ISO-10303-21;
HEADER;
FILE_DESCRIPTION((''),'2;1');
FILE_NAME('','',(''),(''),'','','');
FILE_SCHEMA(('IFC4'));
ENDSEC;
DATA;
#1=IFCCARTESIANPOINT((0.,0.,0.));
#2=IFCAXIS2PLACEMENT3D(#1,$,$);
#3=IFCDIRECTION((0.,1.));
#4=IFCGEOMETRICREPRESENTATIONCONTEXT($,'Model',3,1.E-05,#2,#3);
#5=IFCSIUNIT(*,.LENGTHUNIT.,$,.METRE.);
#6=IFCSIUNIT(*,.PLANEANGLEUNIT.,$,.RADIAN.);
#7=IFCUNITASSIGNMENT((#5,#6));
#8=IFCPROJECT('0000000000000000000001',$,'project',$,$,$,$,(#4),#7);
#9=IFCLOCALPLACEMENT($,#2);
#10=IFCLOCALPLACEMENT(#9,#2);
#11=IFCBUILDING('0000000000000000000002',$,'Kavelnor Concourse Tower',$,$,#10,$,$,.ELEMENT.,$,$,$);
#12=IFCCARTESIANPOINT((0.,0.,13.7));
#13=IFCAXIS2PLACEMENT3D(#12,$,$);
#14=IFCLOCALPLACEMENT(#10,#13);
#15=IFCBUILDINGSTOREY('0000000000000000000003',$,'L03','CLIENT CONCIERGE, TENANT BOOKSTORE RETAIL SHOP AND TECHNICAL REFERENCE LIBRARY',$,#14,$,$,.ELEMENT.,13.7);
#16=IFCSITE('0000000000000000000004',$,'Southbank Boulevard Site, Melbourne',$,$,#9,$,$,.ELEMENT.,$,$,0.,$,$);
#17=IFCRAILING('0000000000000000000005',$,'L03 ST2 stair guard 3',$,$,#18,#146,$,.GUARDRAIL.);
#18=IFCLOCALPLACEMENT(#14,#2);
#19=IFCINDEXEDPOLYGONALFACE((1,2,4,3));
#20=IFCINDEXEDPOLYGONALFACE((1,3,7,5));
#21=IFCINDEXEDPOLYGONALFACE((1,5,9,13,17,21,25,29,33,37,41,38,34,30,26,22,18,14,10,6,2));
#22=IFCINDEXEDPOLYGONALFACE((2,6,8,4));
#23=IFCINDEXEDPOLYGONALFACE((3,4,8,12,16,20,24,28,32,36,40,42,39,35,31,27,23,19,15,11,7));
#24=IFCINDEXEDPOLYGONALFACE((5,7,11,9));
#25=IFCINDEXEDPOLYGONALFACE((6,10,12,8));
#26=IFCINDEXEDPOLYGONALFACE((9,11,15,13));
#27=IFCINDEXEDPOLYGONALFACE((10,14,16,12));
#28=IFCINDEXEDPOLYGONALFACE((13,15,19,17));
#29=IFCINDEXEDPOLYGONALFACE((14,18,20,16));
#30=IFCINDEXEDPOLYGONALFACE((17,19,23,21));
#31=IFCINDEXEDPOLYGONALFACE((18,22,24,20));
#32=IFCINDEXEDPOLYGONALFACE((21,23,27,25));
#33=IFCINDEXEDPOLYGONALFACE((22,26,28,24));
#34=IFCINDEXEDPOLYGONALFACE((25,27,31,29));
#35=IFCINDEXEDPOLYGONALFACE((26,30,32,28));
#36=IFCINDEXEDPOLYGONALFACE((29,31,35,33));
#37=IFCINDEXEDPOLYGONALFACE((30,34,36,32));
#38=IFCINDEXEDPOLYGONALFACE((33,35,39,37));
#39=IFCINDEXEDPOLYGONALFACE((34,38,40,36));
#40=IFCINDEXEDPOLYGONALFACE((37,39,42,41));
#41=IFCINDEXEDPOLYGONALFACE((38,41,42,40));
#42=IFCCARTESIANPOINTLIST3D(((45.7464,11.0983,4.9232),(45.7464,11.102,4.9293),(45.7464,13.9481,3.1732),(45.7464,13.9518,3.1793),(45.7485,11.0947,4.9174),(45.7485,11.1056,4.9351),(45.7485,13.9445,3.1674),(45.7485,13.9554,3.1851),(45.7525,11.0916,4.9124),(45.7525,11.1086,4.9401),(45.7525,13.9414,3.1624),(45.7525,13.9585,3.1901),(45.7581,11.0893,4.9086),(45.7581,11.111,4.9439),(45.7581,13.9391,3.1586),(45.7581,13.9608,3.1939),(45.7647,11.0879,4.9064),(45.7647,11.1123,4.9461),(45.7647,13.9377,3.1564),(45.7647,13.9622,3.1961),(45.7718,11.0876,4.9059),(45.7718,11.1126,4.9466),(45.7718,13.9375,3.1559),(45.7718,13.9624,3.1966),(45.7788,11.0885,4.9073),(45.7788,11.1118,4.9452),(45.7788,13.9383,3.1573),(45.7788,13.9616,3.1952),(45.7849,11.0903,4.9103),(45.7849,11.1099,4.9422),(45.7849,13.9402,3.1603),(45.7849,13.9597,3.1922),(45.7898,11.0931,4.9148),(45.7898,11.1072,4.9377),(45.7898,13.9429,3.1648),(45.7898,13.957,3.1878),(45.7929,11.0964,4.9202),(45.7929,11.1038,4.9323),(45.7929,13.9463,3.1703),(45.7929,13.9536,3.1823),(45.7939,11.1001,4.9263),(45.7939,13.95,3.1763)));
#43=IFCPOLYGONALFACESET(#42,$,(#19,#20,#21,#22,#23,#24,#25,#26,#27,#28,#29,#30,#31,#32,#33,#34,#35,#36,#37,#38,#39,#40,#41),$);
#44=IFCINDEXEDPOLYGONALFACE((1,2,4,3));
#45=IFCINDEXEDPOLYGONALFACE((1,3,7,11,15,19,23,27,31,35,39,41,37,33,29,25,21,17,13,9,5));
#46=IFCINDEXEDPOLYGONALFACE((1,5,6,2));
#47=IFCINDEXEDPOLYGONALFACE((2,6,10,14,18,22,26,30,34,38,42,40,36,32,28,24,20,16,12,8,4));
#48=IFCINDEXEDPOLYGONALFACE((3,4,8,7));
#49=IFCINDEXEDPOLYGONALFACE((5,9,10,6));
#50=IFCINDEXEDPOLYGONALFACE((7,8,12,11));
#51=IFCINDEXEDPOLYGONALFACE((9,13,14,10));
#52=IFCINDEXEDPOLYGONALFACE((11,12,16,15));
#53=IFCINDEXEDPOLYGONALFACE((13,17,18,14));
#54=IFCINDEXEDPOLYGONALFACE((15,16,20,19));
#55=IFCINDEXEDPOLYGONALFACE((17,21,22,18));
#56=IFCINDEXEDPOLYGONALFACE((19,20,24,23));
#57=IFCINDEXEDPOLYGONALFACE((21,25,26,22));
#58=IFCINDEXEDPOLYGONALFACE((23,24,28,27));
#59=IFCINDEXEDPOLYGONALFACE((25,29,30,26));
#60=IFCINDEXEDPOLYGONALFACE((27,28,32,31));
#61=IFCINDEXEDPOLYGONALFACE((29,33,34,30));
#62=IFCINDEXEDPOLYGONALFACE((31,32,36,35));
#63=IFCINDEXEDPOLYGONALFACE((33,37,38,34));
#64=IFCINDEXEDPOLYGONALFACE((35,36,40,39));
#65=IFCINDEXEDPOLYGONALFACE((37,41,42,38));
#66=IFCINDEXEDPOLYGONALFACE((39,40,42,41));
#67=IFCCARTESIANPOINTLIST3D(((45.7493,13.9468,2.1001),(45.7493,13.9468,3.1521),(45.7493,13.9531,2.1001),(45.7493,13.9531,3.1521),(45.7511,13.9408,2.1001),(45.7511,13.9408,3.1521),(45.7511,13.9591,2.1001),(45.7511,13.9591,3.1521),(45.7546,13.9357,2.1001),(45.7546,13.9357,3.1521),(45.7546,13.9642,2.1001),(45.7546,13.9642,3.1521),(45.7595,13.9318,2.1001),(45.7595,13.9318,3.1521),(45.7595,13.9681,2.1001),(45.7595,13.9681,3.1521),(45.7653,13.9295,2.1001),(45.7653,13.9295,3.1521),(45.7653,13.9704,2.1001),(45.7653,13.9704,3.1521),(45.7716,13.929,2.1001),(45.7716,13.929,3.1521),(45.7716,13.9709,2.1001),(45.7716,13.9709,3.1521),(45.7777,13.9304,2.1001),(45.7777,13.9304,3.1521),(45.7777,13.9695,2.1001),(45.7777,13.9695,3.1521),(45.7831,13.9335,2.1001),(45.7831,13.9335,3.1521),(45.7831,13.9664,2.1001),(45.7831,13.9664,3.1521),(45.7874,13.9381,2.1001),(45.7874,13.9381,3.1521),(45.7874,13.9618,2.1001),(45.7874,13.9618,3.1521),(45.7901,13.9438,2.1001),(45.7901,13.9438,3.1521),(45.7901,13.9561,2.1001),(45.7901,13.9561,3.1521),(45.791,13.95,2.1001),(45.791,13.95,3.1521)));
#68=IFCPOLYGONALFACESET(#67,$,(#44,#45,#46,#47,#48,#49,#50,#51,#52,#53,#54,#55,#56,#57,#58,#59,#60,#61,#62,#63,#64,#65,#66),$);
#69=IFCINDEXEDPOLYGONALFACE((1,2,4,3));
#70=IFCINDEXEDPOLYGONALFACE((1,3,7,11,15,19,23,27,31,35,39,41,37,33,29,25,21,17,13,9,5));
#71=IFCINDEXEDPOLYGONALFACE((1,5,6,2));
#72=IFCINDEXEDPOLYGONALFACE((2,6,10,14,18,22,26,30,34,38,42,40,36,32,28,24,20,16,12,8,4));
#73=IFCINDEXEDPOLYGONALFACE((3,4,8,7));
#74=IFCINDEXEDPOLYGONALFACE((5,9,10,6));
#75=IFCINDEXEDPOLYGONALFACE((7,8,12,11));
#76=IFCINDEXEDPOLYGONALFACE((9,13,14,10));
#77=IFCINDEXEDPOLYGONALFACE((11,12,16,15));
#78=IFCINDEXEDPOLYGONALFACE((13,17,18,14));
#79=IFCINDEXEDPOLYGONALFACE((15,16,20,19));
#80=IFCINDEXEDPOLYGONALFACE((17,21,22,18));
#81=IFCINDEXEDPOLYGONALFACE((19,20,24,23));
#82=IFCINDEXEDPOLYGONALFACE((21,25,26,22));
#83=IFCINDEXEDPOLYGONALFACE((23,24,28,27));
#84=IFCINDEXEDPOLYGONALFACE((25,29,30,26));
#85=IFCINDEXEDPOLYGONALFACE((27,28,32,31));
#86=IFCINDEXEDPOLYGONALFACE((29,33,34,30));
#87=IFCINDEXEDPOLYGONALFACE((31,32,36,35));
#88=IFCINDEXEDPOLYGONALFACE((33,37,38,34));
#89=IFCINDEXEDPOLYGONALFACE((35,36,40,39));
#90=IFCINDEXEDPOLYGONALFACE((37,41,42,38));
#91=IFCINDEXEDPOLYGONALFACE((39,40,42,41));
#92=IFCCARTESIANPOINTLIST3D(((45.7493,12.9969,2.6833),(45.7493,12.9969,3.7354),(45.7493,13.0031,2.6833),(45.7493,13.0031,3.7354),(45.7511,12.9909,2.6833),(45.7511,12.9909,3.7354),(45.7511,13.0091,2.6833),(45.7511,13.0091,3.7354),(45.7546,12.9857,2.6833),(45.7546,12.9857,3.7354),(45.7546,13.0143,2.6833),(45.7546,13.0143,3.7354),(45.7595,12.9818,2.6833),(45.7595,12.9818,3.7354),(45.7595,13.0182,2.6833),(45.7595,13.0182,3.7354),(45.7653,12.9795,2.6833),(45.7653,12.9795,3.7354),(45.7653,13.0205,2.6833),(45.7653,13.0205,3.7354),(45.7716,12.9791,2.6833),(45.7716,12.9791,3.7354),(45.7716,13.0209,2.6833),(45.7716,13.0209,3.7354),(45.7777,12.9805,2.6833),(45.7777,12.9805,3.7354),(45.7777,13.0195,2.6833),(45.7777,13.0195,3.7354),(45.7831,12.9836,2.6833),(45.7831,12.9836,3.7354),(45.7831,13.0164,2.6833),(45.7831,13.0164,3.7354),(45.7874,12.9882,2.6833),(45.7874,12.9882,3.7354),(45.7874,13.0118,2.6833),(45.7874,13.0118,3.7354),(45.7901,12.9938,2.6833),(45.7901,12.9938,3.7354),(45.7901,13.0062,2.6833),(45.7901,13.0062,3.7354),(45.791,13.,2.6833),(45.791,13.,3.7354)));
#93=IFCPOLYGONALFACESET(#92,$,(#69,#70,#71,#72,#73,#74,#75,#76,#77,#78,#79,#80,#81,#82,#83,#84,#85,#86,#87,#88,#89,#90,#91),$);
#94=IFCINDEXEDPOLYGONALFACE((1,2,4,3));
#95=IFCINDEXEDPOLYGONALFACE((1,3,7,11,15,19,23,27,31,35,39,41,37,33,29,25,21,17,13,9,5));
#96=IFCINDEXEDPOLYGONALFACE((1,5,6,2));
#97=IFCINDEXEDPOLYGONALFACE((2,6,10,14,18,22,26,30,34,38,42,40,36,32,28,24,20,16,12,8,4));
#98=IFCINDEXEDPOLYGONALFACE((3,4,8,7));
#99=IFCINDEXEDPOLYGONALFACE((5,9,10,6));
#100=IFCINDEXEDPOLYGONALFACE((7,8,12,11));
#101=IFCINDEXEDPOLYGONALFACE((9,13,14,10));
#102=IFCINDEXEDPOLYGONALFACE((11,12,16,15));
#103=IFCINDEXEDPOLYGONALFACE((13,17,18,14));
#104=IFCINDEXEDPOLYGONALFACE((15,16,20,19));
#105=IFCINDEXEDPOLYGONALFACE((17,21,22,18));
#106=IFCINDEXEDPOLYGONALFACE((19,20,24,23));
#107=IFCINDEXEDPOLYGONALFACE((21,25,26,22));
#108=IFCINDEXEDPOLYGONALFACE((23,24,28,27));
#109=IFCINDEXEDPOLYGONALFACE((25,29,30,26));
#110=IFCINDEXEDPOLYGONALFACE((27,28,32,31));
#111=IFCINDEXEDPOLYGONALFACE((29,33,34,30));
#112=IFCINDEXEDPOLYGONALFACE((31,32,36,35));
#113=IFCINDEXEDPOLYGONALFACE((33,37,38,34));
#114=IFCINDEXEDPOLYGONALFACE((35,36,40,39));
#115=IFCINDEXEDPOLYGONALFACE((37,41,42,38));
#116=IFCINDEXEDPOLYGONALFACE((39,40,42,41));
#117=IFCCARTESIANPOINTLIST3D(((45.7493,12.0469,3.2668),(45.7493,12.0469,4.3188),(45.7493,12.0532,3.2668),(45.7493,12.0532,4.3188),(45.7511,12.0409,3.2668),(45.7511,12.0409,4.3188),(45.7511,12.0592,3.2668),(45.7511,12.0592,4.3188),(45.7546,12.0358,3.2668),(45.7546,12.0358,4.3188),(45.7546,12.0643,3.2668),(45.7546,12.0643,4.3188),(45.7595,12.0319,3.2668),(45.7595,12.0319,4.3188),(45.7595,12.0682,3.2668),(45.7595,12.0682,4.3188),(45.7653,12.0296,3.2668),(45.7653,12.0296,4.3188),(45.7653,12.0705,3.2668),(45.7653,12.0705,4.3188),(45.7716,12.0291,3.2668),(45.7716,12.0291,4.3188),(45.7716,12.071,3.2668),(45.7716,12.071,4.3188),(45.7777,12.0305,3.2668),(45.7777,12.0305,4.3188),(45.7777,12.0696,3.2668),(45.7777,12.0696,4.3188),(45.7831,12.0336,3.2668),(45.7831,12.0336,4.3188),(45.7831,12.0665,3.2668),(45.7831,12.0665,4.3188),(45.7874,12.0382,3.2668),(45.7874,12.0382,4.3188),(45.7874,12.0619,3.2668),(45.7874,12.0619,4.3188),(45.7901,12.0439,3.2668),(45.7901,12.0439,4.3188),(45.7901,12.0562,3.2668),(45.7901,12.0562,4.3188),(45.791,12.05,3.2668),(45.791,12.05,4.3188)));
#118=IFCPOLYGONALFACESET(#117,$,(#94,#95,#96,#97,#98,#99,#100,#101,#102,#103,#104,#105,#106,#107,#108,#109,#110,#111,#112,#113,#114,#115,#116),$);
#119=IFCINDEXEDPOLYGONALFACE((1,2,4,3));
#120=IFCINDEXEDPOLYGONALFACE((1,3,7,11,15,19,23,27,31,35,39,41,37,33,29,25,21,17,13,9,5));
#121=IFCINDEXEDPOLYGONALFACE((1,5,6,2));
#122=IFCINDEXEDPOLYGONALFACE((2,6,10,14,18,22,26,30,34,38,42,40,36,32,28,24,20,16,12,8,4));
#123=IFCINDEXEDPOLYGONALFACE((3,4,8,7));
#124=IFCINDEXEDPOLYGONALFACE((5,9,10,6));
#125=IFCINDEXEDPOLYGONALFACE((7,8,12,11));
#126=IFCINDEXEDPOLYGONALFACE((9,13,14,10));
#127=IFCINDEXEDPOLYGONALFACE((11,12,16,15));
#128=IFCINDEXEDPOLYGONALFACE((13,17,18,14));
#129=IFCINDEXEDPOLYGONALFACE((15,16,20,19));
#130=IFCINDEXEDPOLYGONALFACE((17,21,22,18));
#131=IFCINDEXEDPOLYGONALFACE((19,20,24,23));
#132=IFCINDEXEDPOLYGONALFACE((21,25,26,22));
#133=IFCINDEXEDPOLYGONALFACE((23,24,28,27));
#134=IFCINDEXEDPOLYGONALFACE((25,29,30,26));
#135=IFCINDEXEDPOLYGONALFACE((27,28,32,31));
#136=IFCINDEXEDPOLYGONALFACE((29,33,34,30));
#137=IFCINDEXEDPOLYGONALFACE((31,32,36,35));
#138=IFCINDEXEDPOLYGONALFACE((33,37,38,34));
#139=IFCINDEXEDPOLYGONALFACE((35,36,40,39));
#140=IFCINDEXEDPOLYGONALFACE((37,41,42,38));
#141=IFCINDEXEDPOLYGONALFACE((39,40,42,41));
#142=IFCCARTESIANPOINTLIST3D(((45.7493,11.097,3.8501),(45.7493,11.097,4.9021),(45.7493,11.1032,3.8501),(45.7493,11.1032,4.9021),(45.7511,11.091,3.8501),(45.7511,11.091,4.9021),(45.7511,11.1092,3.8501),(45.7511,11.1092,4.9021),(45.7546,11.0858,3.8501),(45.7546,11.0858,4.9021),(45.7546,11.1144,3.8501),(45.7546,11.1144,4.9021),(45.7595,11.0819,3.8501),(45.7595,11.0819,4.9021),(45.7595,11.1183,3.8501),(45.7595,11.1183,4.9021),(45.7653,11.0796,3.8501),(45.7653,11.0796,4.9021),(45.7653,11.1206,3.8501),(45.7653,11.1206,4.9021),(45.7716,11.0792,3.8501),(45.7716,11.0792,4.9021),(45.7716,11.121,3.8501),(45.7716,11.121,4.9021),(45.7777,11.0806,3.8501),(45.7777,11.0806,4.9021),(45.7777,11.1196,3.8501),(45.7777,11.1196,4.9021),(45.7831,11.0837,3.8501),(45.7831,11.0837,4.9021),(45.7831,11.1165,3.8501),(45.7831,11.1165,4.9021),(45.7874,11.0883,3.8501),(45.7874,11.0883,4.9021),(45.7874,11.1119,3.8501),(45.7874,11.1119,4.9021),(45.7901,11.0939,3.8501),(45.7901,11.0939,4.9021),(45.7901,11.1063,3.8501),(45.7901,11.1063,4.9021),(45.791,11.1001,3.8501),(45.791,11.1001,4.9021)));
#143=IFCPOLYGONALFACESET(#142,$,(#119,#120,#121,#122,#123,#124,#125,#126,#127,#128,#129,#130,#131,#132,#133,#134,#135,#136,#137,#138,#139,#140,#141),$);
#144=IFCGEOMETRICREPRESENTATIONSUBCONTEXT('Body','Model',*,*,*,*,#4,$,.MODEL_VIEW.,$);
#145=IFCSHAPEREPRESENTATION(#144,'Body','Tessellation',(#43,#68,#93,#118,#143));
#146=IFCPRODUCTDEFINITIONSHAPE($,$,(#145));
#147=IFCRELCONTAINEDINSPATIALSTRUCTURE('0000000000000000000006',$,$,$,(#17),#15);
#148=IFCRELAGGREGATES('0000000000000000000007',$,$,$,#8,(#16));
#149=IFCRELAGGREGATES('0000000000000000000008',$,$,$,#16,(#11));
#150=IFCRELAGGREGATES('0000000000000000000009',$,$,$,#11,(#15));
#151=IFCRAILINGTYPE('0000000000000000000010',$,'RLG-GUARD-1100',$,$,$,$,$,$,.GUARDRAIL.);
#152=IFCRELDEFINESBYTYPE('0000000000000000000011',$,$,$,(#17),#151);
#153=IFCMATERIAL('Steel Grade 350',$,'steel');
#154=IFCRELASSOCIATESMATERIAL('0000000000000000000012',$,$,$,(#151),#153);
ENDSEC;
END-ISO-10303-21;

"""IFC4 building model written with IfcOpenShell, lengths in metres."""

from ifc_helpers import new_model, si_unit, direction, frame, origin, origin_2d, place, context, subcontext, project, spatial, circle, extrude, material, type_object, element, save


model = new_model("IFC4")

# Units and contexts
model_context = context("Model", 3, precision=1e-05, world=origin(), true_north=direction((0.0, 1.0)))
body_context = subcontext(model_context, "Body", "Model", "MODEL_VIEW")
ifc_project = project(units=[si_unit("LENGTHUNIT", "METRE"), si_unit("PLANEANGLEUNIT", "RADIAN")], contexts=[model_context])

# Site, building, storey
site_placement = place(None, origin())
site = spatial("IfcSite", under=ifc_project, at=site_placement, Name="Southbank Boulevard Site, Melbourne", CompositionType="ELEMENT", RefElevation=0.0)
building_placement = place(site_placement, origin())
building = spatial("IfcBuilding", under=site, at=building_placement, Name="Kavelnor Concourse Tower", CompositionType="ELEMENT")
storey_placement = place(building_placement, frame((0.0, 0.0, 13.7)))
storey = spatial("IfcBuildingStorey", under=building, at=storey_placement, Name="L03", Description="CLIENT CONCIERGE, TENANT BOOKSTORE RETAIL SHOP AND TECHNICAL REFERENCE LIBRARY", CompositionType="ELEMENT", Elevation=13.7)

# Shared definitions
ifc_material_1 = material(Name="Steel Grade 350", Category="steel")

# Railing
railing_type_1 = type_object("IfcRailingType", Name="RLG-GUARD-1100", PredefinedType="GUARDRAIL", material=ifc_material_1)
railing_1_placement = place(storey_placement, frame((45.77, 13.95, 2.1001)))
element("IfcRailing", 1, at=railing_1_placement, inside=storey, type_object=railing_type_1, Name="L03 ST2 stair guard 3", PredefinedType="GUARDRAIL", context=body_context, shape_type="SweptSolid", body=[
    extrude(circle(Radius=0.0239, at=origin_2d()), frame((0.0, 0.0, 1.0762), z_axis=(0.0, -0.852159, 0.523283), x_axis=(1.0, 0.0, 0.0)), (0.0, 0.0, 1.0), 3.3442),
    extrude(circle(Radius=0.021, at=origin_2d()), origin(), (0.0, 0.0, 1.0), 1.052),
    extrude(circle(Radius=0.021, at=origin_2d()), frame((0.0, -0.95, 0.5833)), (0.0, 0.0, 1.0), 1.052),
    extrude(circle(Radius=0.021, at=origin_2d()), frame((0.0, -1.8999, 1.1667)), (0.0, 0.0, 1.0), 1.052),
    extrude(circle(Radius=0.021, at=origin_2d()), frame((0.0, -2.8499, 1.75)), (0.0, 0.0, 1.0), 1.052),
])

save(model, "model.ifc")
